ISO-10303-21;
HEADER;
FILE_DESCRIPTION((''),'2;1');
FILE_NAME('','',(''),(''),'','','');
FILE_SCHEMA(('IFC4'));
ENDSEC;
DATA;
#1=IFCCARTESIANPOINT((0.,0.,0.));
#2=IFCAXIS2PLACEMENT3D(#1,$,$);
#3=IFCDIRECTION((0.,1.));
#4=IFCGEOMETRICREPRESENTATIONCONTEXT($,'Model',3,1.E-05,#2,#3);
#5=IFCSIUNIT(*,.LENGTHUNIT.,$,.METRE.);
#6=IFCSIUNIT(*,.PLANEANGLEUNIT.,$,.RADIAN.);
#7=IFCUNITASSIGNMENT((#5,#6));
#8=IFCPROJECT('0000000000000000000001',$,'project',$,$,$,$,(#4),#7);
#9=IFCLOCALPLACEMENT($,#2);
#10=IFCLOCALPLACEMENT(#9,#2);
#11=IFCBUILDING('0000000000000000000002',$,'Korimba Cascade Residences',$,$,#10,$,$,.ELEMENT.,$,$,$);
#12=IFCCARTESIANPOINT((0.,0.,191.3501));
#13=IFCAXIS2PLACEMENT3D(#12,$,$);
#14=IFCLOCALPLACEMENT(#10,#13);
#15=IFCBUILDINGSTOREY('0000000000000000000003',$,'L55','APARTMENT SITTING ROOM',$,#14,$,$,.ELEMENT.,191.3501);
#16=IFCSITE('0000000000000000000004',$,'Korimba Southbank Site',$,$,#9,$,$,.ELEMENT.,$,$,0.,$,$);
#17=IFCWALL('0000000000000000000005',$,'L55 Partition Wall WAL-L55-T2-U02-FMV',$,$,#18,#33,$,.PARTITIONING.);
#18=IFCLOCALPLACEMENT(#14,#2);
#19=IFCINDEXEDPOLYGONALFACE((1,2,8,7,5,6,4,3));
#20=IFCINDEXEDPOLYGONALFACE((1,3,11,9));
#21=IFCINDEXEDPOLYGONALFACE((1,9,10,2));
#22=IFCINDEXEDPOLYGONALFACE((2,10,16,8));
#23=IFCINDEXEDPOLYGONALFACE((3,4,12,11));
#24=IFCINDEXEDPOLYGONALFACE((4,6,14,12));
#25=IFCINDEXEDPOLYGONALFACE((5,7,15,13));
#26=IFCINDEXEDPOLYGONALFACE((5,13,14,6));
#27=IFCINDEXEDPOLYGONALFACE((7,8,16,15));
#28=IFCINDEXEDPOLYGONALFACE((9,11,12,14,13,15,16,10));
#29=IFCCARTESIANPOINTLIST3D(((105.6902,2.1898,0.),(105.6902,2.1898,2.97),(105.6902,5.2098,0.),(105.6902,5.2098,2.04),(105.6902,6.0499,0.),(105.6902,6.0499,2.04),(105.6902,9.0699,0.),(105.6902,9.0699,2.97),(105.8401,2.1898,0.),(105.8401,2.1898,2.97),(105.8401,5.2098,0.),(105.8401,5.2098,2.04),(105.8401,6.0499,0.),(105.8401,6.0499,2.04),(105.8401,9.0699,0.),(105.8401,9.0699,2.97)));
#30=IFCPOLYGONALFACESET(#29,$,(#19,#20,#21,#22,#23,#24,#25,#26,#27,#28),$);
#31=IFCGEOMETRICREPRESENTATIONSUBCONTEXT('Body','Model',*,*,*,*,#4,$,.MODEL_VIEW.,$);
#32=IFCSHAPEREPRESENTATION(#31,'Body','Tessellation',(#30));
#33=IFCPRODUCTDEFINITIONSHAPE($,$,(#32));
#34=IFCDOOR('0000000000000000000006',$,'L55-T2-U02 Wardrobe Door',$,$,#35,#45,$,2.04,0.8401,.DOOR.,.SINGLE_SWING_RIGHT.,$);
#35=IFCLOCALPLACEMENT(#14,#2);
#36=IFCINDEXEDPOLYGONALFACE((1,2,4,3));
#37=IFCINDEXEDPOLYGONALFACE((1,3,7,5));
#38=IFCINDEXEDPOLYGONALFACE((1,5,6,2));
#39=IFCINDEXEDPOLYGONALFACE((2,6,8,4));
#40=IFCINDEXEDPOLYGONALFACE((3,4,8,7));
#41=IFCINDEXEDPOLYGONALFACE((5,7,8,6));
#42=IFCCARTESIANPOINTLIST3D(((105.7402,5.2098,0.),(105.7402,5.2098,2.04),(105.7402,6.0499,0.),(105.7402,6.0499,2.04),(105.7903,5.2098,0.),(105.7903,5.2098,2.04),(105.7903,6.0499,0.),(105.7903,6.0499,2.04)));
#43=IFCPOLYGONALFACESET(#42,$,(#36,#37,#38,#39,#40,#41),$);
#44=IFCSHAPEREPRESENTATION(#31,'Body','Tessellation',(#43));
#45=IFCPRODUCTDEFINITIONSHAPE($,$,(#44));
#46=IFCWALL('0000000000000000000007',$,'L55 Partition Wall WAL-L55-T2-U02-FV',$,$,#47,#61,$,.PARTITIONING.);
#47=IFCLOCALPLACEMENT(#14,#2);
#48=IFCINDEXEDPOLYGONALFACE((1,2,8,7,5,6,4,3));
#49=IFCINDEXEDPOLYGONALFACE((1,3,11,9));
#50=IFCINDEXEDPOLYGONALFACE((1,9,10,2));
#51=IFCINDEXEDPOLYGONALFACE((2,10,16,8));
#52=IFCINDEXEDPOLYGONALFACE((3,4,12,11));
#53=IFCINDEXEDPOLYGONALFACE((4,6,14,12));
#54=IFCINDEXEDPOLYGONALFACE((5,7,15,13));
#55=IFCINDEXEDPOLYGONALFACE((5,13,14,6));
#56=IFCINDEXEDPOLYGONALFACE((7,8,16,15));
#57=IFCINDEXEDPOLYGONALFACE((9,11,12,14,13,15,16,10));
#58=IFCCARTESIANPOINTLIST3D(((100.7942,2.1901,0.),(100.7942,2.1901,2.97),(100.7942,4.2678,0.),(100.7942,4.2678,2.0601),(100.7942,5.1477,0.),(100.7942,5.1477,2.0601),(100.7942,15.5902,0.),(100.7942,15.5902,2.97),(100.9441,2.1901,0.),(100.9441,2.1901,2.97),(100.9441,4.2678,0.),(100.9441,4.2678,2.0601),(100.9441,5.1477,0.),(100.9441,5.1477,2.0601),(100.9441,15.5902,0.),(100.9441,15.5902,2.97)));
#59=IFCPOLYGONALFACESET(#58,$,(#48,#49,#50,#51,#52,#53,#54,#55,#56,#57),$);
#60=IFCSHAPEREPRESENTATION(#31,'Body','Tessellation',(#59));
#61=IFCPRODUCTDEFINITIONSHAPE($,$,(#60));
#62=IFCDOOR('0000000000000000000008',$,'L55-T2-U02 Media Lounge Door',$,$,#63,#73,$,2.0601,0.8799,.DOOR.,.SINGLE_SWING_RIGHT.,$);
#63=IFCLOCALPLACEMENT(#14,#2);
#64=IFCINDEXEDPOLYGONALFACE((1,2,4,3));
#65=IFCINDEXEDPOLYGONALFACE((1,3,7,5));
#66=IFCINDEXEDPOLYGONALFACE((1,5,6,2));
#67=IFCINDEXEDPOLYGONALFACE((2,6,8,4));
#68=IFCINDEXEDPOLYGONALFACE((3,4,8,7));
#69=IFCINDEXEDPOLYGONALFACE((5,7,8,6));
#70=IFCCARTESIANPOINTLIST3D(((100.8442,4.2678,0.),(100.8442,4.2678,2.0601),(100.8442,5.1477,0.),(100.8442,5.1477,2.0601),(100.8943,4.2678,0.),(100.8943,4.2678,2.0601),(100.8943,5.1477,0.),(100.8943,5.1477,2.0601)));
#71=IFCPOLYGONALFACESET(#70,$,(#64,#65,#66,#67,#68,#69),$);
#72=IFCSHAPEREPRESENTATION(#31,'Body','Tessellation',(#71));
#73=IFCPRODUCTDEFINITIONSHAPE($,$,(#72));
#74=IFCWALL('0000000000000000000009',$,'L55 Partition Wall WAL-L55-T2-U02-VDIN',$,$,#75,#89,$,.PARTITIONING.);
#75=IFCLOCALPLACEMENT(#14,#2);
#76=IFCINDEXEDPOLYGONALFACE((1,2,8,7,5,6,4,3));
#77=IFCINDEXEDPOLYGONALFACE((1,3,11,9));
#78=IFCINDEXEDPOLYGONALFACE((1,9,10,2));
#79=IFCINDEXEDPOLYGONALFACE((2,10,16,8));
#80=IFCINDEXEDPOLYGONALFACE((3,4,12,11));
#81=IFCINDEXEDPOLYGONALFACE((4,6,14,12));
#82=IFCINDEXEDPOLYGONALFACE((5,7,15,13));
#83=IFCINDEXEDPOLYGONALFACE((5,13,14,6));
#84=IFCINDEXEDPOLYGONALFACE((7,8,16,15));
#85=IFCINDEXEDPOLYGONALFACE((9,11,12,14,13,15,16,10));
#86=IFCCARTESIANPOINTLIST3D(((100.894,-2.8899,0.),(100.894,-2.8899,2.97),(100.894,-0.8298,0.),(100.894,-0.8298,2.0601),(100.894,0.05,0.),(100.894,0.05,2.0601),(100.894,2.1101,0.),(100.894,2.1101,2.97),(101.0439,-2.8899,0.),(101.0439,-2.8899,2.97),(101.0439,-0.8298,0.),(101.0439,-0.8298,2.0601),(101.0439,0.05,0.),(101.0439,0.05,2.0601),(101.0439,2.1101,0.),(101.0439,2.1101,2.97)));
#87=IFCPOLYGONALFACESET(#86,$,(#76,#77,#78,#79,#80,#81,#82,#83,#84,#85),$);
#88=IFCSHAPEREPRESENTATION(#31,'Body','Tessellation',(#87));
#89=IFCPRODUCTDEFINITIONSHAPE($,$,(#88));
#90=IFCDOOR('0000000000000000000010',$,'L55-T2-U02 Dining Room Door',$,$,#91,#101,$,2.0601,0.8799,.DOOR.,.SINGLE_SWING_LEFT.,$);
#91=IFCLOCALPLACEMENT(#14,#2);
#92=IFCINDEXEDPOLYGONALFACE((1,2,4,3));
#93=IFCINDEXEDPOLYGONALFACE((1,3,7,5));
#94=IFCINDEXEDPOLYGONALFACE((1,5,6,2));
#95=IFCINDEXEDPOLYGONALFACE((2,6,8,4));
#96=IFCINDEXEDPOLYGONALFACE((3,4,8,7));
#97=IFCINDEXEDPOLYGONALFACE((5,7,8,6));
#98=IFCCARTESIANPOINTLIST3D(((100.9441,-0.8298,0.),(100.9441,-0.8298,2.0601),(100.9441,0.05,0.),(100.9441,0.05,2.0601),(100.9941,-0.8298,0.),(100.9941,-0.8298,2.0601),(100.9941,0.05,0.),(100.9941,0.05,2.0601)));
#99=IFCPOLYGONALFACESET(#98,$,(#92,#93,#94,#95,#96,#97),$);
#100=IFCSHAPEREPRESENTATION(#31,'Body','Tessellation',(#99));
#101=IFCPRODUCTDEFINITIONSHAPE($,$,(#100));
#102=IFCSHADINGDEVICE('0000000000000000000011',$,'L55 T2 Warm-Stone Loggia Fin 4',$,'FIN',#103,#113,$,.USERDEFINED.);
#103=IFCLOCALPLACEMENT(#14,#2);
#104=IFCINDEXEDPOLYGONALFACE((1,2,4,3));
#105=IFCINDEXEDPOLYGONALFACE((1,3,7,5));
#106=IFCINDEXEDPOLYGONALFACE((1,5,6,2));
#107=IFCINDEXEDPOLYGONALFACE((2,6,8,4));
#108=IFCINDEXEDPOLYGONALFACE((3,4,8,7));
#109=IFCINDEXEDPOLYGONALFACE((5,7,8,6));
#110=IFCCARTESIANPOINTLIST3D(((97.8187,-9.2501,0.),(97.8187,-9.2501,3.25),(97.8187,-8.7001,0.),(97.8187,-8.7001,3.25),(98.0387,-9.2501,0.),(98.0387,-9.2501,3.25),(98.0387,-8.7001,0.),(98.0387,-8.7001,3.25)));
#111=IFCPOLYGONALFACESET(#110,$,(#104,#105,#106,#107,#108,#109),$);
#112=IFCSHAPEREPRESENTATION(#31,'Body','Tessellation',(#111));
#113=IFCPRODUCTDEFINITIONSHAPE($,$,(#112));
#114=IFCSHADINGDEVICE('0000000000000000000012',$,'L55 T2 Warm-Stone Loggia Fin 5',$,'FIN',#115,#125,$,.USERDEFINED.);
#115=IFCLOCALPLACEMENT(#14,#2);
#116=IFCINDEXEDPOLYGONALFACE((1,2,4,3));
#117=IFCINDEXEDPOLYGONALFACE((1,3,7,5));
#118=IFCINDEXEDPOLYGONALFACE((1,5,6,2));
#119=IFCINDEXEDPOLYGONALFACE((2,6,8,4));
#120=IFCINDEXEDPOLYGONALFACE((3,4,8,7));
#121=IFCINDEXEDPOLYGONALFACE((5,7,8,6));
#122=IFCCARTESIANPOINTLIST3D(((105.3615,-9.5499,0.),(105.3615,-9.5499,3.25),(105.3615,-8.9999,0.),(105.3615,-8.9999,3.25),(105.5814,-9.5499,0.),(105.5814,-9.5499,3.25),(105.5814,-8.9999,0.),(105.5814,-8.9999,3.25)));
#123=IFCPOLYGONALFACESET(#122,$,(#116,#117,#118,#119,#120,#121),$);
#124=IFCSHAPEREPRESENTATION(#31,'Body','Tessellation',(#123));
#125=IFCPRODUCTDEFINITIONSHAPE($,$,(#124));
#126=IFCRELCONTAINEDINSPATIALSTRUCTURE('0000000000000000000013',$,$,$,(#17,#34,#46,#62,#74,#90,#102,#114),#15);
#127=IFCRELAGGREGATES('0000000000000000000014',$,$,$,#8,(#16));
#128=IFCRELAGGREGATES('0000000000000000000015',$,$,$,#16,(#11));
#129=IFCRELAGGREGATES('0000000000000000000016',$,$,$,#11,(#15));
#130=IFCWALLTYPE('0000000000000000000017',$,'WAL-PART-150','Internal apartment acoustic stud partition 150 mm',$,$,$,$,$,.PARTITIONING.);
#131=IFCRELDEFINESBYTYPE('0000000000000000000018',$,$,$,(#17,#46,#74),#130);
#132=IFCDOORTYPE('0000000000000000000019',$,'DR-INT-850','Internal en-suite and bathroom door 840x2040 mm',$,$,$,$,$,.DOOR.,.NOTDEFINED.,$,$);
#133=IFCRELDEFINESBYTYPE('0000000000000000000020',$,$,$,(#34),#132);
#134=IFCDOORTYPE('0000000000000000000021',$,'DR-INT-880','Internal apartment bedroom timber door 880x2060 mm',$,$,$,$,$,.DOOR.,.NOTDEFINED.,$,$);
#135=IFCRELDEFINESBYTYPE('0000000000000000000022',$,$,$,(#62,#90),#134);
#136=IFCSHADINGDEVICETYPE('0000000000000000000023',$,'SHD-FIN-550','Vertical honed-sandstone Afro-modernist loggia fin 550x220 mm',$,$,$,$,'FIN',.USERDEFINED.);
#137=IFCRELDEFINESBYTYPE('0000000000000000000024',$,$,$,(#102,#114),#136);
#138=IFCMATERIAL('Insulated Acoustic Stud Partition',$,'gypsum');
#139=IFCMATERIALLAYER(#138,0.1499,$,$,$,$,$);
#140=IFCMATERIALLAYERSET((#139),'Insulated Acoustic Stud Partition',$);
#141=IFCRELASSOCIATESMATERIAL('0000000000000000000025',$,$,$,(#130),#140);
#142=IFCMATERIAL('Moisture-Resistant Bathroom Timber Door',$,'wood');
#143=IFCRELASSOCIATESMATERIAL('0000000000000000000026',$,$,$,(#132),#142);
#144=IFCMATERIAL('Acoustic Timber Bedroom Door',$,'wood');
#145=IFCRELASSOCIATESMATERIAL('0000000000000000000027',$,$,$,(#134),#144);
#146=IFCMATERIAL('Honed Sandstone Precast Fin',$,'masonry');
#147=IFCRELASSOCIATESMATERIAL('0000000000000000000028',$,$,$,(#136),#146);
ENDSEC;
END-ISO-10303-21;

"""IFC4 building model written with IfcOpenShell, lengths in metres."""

from ifc_helpers import new_model, si_unit, direction, frame, frame_2d, origin, origin_2d, place, context, subcontext, project, spatial, rectangle, extrude, material, layer, layer_set, type_object, element, fill, save


model = new_model("IFC4")

# Units and contexts
model_context = context("Model", 3, precision=1e-05, world=origin(), true_north=direction((0.0, 1.0)))
body_context = subcontext(model_context, "Body", "Model", "MODEL_VIEW")
ifc_project = project(units=[si_unit("LENGTHUNIT", "METRE"), si_unit("PLANEANGLEUNIT", "RADIAN")], contexts=[model_context])

# Site, building, storey
site_placement = place(None, origin())
site = spatial("IfcSite", under=ifc_project, at=site_placement, Name="Korimba Southbank Site", CompositionType="ELEMENT", RefElevation=0.0)
building_placement = place(site_placement, origin())
building = spatial("IfcBuilding", under=site, at=building_placement, Name="Korimba Cascade Residences", CompositionType="ELEMENT")
storey_placement = place(building_placement, frame((0.0, 0.0, 191.3501)))
storey = spatial("IfcBuildingStorey", under=building, at=storey_placement, Name="L55", Description="APARTMENT SITTING ROOM", CompositionType="ELEMENT", Elevation=191.3501)

# Walls, openings, doors
ifc_material_1 = material(Name="Insulated Acoustic Stud Partition", Category="gypsum")
ifc_layer = layer(ifc_material_1, 0.1499)
ifc_layer_set = layer_set([ifc_layer], Name="Insulated Acoustic Stud Partition")
wall_type = type_object("IfcWallType", Name="WAL-PART-150", Description="Internal apartment acoustic stud partition 150 mm", PredefinedType="PARTITIONING", material=ifc_layer_set)
wall_1_placement = place(storey_placement, frame((105.7651, 2.1899, 0.0), z_axis=(0.0, 0.0, 1.0), x_axis=(0.0, 1.0, 0.0)))
wall_1 = element("IfcWall", 1, at=wall_1_placement, inside=storey, type_object=wall_type, Name="L55 Partition Wall WAL-L55-T2-U02-FMV", PredefinedType="PARTITIONING", context=body_context, shape_type="SweptSolid", body=[
    extrude(rectangle(XDim=6.8801, YDim=0.1499, at=frame_2d((3.4399, 0.0))), origin(), (0.0, 0.0, 1.0), 2.97),
])
opening_1_placement = place(wall_1_placement, frame((3.02, 0.0, 0.0)))
opening_1 = element("IfcOpeningElement", 2, at=opening_1_placement, cuts=wall_1, PredefinedType="OPENING", context=body_context, shape_type="SweptSolid", body=[
    extrude(rectangle(XDim=0.8401, YDim=2.04, at=frame_2d((0.4199, 1.02))), frame((0.0, 0.085, 0.0), z_axis=(0.0, -1.0, 0.0), x_axis=(1.0, 0.0, 0.0)), (0.0, 0.0, 1.0), 0.1699),
])
ifc_material_2 = material(Name="Moisture-Resistant Bathroom Timber Door", Category="wood")
door_type_1 = type_object("IfcDoorType", Name="DR-INT-850", Description="Internal en-suite and bathroom door 840x2040 mm", OperationType="NOTDEFINED", PredefinedType="DOOR", material=ifc_material_2)
door_1_placement = place(opening_1_placement, origin())
door_1 = element("IfcDoor", 3, at=door_1_placement, inside=storey, type_object=door_type_1, Name="L55-T2-U02 Wardrobe Door", OperationType="SINGLE_SWING_RIGHT", OverallHeight=2.04, OverallWidth=0.8401, PredefinedType="DOOR", context=body_context, shape_type="SweptSolid", body=[
    extrude(rectangle(XDim=0.8401, YDim=2.04, at=frame_2d((0.4199, 1.02))), frame((0.0, 0.0249, 0.0), z_axis=(0.0, -1.0, 0.0), x_axis=(1.0, 0.0, 0.0)), (0.0, 0.0, 1.0), 0.05),
])
fill(opening_1, door_1)
wall_2_placement = place(storey_placement, frame((100.8691, 2.1899, 0.0), z_axis=(0.0, 0.0, 1.0), x_axis=(0.0, 1.0, 0.0)))
wall_2 = element("IfcWall", 4, at=wall_2_placement, inside=storey, type_object=wall_type, Name="L55 Partition Wall WAL-L55-T2-U02-FV", PredefinedType="PARTITIONING", context=body_context, shape_type="SweptSolid", body=[
    extrude(rectangle(XDim=13.4001, YDim=0.1499, at=frame_2d((6.7002, 0.0))), origin(), (0.0, 0.0, 1.0), 2.97),
])
opening_2_placement = place(wall_2_placement, frame((2.0779, 0.0, 0.0)))
opening_2 = element("IfcOpeningElement", 5, at=opening_2_placement, cuts=wall_2, PredefinedType="OPENING", context=body_context, shape_type="SweptSolid", body=[
    extrude(rectangle(XDim=0.8799, YDim=2.0601, at=frame_2d((0.4399, 1.03))), frame((0.0, 0.085, 0.0), z_axis=(0.0, -1.0, 0.0), x_axis=(1.0, 0.0, 0.0)), (0.0, 0.0, 1.0), 0.1699),
])
ifc_material_3 = material(Name="Acoustic Timber Bedroom Door", Category="wood")
door_type_2 = type_object("IfcDoorType", Name="DR-INT-880", Description="Internal apartment bedroom timber door 880x2060 mm", OperationType="NOTDEFINED", PredefinedType="DOOR", material=ifc_material_3)
door_2_placement = place(opening_2_placement, origin())
door_2 = element("IfcDoor", 6, at=door_2_placement, inside=storey, type_object=door_type_2, Name="L55-T2-U02 Media Lounge Door", OperationType="SINGLE_SWING_RIGHT", OverallHeight=2.0601, OverallWidth=0.8799, PredefinedType="DOOR", context=body_context, shape_type="SweptSolid", body=[
    extrude(rectangle(XDim=0.8799, YDim=2.0601, at=frame_2d((0.4399, 1.03))), frame((0.0, 0.0249, 0.0), z_axis=(0.0, -1.0, 0.0), x_axis=(1.0, 0.0, 0.0)), (0.0, 0.0, 1.0), 0.05),
])
fill(opening_2, door_2)
wall_3_placement = place(storey_placement, frame((100.969, -2.8899, 0.0), z_axis=(0.0, 0.0, 1.0), x_axis=(0.0, 1.0, 0.0)))
wall_3 = element("IfcWall", 7, at=wall_3_placement, inside=storey, type_object=wall_type, Name="L55 Partition Wall WAL-L55-T2-U02-VDIN", PredefinedType="PARTITIONING", context=body_context, shape_type="SweptSolid", body=[
    extrude(rectangle(XDim=5.0, YDim=0.1499, at=frame_2d((2.5, 0.0))), origin(), (0.0, 0.0, 1.0), 2.97),
])
opening_3_placement = place(wall_3_placement, frame((2.0601, 0.0, 0.0)))
opening_3 = element("IfcOpeningElement", 8, at=opening_3_placement, cuts=wall_3, PredefinedType="OPENING", context=body_context, shape_type="SweptSolid", body=[
    extrude(rectangle(XDim=0.8799, YDim=2.0601, at=frame_2d((0.4399, 1.03))), frame((0.0, 0.085, 0.0), z_axis=(0.0, -1.0, 0.0), x_axis=(1.0, 0.0, 0.0)), (0.0, 0.0, 1.0), 0.1699),
])
door_3_placement = place(opening_3_placement, origin())
door_3 = element("IfcDoor", 9, at=door_3_placement, inside=storey, type_object=door_type_2, Name="L55-T2-U02 Dining Room Door", OperationType="SINGLE_SWING_LEFT", OverallHeight=2.0601, OverallWidth=0.8799, PredefinedType="DOOR", context=body_context, shape_type="SweptSolid", body=[
    extrude(rectangle(XDim=0.8799, YDim=2.0601, at=frame_2d((0.4399, 1.03))), frame((0.0, 0.0249, 0.0), z_axis=(0.0, -1.0, 0.0), x_axis=(1.0, 0.0, 0.0)), (0.0, 0.0, 1.0), 0.05),
])
fill(opening_3, door_3)

# Shading devices
ifc_material_4 = material(Name="Honed Sandstone Precast Fin", Category="masonry")
shading_device_type = type_object("IfcShadingDeviceType", Name="SHD-FIN-550", Description="Vertical honed-sandstone Afro-modernist loggia fin 550x220 mm", ElementType="FIN", PredefinedType="USERDEFINED", material=ifc_material_4)
for number, where, z_axis, x_axis, name in (
    (10, (97.9287, -8.9751, 0.0), (0.0, 0.0, 1.0), (1.0, 0.0, 0.0), "L55 T2 Warm-Stone Loggia Fin 4"),
    (11, (105.4714, -9.2749, 0.0), (0.0, 0.0, 1.0), (1.0, 0.0, 0.0), "L55 T2 Warm-Stone Loggia Fin 5"),
):
    element("IfcShadingDevice", number, at=place(storey_placement, frame(where, z_axis=z_axis, x_axis=x_axis)), inside=storey, type_object=shading_device_type, Name=name, ObjectType="FIN", PredefinedType="USERDEFINED", context=body_context, shape_type="SweptSolid", body=[
        extrude(rectangle(XDim=0.22, YDim=0.55, at=origin_2d()), origin(), (0.0, 0.0, 1.0), 3.25),
    ])

save(model, "model.ifc")
